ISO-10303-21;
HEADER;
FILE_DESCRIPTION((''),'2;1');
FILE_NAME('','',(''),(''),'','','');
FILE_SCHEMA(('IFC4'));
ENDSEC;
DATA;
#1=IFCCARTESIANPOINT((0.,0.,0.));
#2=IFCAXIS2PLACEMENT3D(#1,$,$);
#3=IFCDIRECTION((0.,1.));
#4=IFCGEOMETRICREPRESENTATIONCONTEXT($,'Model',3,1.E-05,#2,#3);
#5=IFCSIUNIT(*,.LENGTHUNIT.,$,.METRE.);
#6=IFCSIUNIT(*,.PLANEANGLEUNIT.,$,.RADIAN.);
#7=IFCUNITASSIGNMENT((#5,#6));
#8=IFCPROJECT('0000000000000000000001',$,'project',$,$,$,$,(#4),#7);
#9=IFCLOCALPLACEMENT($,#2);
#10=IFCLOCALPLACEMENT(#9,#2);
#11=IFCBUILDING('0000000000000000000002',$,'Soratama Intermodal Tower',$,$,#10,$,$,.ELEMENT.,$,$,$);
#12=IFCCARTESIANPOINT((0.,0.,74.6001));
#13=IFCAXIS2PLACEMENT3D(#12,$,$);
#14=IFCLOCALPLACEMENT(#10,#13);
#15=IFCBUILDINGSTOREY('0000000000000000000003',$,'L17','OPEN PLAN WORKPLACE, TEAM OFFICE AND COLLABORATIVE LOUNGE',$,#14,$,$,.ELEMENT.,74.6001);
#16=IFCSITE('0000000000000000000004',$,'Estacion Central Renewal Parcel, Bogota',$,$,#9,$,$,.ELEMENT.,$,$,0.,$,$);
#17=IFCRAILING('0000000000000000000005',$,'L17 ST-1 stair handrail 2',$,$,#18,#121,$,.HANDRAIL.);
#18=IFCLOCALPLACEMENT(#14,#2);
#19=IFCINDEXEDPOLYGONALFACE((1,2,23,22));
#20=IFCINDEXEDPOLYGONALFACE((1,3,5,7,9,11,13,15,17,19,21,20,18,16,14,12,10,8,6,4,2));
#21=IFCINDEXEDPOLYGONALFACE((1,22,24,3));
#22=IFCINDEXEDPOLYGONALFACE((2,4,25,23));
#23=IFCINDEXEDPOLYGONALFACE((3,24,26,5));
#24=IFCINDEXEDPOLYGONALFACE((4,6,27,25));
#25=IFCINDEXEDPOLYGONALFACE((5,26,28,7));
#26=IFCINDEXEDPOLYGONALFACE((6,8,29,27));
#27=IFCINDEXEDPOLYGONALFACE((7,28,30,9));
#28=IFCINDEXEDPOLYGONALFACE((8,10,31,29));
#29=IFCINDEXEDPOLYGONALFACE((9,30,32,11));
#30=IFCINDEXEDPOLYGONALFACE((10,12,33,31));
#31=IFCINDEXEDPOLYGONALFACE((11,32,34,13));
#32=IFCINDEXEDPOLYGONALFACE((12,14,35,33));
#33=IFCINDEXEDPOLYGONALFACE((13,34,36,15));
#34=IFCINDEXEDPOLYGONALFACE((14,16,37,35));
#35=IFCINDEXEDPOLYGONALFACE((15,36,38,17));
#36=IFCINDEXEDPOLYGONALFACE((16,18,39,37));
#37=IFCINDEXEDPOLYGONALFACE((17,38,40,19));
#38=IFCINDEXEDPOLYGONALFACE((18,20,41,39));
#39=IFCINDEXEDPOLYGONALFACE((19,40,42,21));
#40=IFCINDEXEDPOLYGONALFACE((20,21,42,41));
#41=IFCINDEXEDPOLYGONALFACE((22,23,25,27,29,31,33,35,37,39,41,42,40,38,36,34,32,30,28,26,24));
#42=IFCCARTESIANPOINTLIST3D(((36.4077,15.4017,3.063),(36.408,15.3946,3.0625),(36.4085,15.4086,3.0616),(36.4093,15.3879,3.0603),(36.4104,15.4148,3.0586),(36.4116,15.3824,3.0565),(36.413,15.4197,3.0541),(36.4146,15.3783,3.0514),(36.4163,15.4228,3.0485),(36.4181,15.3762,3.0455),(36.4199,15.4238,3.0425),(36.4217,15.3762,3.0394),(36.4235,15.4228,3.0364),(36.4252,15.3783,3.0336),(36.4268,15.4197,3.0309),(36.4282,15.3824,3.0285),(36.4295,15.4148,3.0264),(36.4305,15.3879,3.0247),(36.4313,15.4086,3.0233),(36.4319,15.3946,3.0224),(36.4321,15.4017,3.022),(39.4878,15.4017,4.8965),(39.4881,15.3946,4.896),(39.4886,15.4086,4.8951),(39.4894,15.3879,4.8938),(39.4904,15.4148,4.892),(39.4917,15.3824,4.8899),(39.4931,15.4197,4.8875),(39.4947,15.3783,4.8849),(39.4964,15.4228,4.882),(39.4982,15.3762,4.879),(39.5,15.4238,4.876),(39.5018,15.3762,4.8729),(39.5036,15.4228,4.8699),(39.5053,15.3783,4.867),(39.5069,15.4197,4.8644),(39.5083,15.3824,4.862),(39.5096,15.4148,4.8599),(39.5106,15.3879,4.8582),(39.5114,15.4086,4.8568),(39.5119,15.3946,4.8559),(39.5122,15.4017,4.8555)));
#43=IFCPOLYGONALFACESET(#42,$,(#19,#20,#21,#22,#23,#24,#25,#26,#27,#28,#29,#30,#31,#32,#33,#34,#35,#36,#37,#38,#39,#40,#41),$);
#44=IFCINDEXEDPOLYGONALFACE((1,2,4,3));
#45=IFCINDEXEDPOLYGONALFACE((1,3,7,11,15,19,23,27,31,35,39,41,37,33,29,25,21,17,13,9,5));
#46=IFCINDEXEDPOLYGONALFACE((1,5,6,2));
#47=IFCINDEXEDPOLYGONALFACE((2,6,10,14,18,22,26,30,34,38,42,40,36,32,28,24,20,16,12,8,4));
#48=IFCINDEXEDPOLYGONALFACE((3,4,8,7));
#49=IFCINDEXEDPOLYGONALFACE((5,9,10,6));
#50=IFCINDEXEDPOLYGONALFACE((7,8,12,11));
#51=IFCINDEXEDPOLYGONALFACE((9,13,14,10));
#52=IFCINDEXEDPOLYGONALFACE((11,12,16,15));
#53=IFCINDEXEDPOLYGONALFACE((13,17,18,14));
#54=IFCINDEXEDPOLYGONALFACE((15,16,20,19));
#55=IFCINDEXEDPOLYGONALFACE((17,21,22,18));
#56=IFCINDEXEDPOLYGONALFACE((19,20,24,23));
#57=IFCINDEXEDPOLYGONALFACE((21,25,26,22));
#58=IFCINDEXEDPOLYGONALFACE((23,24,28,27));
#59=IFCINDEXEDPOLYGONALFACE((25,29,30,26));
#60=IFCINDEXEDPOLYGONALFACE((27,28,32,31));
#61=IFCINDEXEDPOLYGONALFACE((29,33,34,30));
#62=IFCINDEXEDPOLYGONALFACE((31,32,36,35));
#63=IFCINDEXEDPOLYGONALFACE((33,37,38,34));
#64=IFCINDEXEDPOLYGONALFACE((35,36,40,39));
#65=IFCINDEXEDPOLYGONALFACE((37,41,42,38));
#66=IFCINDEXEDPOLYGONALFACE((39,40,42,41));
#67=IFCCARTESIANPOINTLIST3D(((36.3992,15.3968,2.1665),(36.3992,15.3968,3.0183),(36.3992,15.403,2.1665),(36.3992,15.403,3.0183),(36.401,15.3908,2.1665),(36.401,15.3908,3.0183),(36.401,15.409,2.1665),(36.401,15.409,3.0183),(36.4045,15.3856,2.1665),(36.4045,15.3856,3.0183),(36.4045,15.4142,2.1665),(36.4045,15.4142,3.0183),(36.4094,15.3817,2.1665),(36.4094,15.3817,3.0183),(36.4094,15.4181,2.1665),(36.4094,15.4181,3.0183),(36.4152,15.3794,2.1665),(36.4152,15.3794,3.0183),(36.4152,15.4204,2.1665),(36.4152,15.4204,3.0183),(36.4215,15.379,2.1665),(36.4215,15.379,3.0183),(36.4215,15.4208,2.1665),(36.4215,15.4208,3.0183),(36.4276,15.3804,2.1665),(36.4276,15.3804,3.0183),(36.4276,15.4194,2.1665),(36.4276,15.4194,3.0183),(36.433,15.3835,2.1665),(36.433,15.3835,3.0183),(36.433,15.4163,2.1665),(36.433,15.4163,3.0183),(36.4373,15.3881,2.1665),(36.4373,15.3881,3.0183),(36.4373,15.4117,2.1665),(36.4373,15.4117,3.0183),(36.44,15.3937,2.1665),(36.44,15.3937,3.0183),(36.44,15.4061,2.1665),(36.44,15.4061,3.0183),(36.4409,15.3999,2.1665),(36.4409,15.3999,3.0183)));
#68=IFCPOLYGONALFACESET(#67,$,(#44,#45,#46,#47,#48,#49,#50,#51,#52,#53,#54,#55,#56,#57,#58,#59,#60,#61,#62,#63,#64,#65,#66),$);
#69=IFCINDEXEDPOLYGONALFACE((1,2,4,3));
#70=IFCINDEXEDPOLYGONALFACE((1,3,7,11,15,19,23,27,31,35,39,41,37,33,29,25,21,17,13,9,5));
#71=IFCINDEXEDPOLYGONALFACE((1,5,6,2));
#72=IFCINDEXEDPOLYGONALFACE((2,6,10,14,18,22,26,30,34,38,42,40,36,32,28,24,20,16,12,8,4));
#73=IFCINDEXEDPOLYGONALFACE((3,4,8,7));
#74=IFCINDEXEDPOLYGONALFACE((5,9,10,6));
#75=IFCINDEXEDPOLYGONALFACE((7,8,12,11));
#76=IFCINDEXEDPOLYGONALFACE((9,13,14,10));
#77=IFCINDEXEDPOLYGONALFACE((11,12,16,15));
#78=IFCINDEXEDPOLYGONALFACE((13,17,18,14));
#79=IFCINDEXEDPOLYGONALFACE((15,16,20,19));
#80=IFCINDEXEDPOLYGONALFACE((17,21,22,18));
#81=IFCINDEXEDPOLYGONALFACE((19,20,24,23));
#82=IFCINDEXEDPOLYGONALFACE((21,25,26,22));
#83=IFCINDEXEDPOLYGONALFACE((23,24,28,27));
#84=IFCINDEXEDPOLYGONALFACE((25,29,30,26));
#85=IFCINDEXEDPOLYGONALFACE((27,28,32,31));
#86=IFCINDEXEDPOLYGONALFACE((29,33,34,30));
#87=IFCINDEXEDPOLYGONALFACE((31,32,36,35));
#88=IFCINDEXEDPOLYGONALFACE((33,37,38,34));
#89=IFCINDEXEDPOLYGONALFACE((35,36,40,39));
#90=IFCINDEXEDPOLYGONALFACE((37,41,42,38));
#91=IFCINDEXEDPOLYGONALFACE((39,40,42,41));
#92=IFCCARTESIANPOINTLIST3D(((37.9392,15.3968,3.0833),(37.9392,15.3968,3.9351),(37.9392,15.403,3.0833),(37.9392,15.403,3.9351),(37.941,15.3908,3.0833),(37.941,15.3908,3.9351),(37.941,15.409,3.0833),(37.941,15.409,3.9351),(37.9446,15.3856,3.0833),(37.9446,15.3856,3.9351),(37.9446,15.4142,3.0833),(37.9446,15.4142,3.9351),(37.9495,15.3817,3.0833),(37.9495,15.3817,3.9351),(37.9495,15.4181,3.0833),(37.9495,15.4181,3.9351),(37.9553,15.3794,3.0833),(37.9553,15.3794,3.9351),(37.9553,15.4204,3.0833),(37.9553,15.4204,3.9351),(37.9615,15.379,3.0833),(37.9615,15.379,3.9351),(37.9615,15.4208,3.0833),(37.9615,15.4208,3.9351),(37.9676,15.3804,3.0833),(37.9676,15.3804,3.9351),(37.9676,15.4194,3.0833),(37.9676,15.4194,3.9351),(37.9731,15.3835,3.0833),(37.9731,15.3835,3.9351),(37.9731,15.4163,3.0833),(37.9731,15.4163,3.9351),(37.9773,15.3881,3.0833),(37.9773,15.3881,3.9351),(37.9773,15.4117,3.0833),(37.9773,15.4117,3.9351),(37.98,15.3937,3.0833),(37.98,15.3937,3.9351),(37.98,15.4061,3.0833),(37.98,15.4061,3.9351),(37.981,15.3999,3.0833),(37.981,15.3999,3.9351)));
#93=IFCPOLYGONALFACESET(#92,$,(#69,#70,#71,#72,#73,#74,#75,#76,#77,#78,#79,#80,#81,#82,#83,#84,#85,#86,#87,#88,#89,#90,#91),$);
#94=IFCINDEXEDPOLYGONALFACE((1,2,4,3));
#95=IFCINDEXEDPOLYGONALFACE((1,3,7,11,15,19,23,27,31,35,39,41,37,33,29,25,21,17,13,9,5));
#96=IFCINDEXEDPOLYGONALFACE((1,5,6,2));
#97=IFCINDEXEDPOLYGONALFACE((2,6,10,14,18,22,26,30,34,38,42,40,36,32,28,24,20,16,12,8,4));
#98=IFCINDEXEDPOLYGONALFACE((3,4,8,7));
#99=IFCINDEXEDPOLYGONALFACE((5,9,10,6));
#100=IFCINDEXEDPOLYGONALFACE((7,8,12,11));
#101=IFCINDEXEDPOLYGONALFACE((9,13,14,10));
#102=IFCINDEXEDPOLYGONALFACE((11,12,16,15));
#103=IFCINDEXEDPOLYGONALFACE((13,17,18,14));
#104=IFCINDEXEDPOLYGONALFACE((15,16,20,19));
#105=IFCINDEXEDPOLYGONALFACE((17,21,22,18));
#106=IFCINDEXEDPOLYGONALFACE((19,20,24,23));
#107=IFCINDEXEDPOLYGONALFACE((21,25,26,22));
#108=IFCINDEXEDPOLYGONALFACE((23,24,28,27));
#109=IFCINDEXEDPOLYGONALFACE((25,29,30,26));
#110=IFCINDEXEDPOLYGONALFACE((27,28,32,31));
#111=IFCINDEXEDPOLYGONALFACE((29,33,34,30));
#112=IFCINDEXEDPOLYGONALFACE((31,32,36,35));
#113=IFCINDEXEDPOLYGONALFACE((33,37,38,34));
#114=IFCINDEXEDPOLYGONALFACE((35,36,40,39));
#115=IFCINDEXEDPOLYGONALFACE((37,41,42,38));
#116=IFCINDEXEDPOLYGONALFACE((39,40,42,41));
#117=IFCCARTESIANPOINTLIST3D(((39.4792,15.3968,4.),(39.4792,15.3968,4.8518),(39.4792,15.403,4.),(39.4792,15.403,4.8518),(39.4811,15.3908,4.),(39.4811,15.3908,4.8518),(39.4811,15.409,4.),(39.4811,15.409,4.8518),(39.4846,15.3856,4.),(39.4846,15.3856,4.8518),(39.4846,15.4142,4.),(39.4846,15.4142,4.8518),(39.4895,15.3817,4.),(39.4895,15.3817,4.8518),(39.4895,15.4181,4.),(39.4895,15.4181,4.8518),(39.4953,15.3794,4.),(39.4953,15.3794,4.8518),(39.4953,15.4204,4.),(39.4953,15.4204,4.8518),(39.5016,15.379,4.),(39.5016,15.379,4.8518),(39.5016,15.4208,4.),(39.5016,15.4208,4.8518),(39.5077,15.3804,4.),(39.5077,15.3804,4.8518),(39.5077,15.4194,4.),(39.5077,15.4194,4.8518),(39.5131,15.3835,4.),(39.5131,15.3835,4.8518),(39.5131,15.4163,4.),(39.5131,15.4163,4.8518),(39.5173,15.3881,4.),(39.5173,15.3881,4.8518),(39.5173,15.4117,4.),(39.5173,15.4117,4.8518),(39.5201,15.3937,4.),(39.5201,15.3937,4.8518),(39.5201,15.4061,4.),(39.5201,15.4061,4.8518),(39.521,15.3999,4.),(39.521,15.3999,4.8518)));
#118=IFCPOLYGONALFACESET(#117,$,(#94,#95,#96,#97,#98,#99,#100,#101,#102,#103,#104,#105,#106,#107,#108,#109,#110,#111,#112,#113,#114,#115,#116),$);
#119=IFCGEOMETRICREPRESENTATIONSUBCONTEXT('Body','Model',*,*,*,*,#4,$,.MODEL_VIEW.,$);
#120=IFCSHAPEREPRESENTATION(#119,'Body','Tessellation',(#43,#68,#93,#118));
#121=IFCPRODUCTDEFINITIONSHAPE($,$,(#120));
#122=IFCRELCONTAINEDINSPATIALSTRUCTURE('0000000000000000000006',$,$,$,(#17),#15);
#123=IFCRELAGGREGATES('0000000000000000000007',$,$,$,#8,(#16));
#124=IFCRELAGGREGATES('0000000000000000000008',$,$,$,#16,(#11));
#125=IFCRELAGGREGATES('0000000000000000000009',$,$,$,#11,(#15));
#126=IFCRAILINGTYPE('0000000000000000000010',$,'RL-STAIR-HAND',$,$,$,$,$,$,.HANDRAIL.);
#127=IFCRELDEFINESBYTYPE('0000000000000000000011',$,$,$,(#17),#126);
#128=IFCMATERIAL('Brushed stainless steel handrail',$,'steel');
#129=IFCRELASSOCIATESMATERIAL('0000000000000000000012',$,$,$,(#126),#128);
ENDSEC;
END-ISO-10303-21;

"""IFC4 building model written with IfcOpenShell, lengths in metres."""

from ifc_helpers import new_model, si_unit, direction, frame, origin, origin_2d, place, context, subcontext, project, spatial, circle, extrude, material, type_object, element, save


model = new_model("IFC4")

# Units and contexts
model_context = context("Model", 3, precision=1e-05, world=origin(), true_north=direction((0.0, 1.0)))
body_context = subcontext(model_context, "Body", "Model", "MODEL_VIEW")
ifc_project = project(units=[si_unit("LENGTHUNIT", "METRE"), si_unit("PLANEANGLEUNIT", "RADIAN")], contexts=[model_context])

# Site, building, storey
site_placement = place(None, origin())
site = spatial("IfcSite", under=ifc_project, at=site_placement, Name="Estacion Central Renewal Parcel, Bogota", CompositionType="ELEMENT", RefElevation=0.0)
building_placement = place(site_placement, origin())
building = spatial("IfcBuilding", under=site, at=building_placement, Name="Soratama Intermodal Tower", CompositionType="ELEMENT")
storey_placement = place(building_placement, frame((0.0, 0.0, 74.6001)))
storey = spatial("IfcBuildingStorey", under=building, at=storey_placement, Name="L17", Description="OPEN PLAN WORKPLACE, TEAM OFFICE AND COLLABORATIVE LOUNGE", CompositionType="ELEMENT", Elevation=74.6001)

# Railing
ifc_material_1 = material(Name="Brushed stainless steel handrail", Category="steel")
railing_type_1 = type_object("IfcRailingType", Name="RL-STAIR-HAND", PredefinedType="HANDRAIL", material=ifc_material_1)
railing_1_placement = place(storey_placement, frame((36.4199, 15.3999, 2.1665)))
element("IfcRailing", 1, at=railing_1_placement, inside=storey, type_object=railing_type_1, Name="L17 ST-1 stair handrail 2", PredefinedType="HANDRAIL", context=body_context, shape_type="SweptSolid", body=[
    extrude(circle(Radius=0.0239, at=origin_2d()), frame((0.0, 0.0, 0.876), z_axis=(0.859279, 0.0, 0.511508), x_axis=(0.0, 1.0, 0.0)), (0.0, 0.0, 1.0), 3.5845),
    extrude(circle(Radius=0.021, at=origin_2d()), origin(), (0.0, 0.0, 1.0), 0.8518),
    extrude(circle(Radius=0.021, at=origin_2d()), frame((1.54, 0.0, 0.9167)), (0.0, 0.0, 1.0), 0.8518),
    extrude(circle(Radius=0.021, at=origin_2d()), frame((3.0801, 0.0, 1.8335)), (0.0, 0.0, 1.0), 0.8518),
])

save(model, "model.ifc")
